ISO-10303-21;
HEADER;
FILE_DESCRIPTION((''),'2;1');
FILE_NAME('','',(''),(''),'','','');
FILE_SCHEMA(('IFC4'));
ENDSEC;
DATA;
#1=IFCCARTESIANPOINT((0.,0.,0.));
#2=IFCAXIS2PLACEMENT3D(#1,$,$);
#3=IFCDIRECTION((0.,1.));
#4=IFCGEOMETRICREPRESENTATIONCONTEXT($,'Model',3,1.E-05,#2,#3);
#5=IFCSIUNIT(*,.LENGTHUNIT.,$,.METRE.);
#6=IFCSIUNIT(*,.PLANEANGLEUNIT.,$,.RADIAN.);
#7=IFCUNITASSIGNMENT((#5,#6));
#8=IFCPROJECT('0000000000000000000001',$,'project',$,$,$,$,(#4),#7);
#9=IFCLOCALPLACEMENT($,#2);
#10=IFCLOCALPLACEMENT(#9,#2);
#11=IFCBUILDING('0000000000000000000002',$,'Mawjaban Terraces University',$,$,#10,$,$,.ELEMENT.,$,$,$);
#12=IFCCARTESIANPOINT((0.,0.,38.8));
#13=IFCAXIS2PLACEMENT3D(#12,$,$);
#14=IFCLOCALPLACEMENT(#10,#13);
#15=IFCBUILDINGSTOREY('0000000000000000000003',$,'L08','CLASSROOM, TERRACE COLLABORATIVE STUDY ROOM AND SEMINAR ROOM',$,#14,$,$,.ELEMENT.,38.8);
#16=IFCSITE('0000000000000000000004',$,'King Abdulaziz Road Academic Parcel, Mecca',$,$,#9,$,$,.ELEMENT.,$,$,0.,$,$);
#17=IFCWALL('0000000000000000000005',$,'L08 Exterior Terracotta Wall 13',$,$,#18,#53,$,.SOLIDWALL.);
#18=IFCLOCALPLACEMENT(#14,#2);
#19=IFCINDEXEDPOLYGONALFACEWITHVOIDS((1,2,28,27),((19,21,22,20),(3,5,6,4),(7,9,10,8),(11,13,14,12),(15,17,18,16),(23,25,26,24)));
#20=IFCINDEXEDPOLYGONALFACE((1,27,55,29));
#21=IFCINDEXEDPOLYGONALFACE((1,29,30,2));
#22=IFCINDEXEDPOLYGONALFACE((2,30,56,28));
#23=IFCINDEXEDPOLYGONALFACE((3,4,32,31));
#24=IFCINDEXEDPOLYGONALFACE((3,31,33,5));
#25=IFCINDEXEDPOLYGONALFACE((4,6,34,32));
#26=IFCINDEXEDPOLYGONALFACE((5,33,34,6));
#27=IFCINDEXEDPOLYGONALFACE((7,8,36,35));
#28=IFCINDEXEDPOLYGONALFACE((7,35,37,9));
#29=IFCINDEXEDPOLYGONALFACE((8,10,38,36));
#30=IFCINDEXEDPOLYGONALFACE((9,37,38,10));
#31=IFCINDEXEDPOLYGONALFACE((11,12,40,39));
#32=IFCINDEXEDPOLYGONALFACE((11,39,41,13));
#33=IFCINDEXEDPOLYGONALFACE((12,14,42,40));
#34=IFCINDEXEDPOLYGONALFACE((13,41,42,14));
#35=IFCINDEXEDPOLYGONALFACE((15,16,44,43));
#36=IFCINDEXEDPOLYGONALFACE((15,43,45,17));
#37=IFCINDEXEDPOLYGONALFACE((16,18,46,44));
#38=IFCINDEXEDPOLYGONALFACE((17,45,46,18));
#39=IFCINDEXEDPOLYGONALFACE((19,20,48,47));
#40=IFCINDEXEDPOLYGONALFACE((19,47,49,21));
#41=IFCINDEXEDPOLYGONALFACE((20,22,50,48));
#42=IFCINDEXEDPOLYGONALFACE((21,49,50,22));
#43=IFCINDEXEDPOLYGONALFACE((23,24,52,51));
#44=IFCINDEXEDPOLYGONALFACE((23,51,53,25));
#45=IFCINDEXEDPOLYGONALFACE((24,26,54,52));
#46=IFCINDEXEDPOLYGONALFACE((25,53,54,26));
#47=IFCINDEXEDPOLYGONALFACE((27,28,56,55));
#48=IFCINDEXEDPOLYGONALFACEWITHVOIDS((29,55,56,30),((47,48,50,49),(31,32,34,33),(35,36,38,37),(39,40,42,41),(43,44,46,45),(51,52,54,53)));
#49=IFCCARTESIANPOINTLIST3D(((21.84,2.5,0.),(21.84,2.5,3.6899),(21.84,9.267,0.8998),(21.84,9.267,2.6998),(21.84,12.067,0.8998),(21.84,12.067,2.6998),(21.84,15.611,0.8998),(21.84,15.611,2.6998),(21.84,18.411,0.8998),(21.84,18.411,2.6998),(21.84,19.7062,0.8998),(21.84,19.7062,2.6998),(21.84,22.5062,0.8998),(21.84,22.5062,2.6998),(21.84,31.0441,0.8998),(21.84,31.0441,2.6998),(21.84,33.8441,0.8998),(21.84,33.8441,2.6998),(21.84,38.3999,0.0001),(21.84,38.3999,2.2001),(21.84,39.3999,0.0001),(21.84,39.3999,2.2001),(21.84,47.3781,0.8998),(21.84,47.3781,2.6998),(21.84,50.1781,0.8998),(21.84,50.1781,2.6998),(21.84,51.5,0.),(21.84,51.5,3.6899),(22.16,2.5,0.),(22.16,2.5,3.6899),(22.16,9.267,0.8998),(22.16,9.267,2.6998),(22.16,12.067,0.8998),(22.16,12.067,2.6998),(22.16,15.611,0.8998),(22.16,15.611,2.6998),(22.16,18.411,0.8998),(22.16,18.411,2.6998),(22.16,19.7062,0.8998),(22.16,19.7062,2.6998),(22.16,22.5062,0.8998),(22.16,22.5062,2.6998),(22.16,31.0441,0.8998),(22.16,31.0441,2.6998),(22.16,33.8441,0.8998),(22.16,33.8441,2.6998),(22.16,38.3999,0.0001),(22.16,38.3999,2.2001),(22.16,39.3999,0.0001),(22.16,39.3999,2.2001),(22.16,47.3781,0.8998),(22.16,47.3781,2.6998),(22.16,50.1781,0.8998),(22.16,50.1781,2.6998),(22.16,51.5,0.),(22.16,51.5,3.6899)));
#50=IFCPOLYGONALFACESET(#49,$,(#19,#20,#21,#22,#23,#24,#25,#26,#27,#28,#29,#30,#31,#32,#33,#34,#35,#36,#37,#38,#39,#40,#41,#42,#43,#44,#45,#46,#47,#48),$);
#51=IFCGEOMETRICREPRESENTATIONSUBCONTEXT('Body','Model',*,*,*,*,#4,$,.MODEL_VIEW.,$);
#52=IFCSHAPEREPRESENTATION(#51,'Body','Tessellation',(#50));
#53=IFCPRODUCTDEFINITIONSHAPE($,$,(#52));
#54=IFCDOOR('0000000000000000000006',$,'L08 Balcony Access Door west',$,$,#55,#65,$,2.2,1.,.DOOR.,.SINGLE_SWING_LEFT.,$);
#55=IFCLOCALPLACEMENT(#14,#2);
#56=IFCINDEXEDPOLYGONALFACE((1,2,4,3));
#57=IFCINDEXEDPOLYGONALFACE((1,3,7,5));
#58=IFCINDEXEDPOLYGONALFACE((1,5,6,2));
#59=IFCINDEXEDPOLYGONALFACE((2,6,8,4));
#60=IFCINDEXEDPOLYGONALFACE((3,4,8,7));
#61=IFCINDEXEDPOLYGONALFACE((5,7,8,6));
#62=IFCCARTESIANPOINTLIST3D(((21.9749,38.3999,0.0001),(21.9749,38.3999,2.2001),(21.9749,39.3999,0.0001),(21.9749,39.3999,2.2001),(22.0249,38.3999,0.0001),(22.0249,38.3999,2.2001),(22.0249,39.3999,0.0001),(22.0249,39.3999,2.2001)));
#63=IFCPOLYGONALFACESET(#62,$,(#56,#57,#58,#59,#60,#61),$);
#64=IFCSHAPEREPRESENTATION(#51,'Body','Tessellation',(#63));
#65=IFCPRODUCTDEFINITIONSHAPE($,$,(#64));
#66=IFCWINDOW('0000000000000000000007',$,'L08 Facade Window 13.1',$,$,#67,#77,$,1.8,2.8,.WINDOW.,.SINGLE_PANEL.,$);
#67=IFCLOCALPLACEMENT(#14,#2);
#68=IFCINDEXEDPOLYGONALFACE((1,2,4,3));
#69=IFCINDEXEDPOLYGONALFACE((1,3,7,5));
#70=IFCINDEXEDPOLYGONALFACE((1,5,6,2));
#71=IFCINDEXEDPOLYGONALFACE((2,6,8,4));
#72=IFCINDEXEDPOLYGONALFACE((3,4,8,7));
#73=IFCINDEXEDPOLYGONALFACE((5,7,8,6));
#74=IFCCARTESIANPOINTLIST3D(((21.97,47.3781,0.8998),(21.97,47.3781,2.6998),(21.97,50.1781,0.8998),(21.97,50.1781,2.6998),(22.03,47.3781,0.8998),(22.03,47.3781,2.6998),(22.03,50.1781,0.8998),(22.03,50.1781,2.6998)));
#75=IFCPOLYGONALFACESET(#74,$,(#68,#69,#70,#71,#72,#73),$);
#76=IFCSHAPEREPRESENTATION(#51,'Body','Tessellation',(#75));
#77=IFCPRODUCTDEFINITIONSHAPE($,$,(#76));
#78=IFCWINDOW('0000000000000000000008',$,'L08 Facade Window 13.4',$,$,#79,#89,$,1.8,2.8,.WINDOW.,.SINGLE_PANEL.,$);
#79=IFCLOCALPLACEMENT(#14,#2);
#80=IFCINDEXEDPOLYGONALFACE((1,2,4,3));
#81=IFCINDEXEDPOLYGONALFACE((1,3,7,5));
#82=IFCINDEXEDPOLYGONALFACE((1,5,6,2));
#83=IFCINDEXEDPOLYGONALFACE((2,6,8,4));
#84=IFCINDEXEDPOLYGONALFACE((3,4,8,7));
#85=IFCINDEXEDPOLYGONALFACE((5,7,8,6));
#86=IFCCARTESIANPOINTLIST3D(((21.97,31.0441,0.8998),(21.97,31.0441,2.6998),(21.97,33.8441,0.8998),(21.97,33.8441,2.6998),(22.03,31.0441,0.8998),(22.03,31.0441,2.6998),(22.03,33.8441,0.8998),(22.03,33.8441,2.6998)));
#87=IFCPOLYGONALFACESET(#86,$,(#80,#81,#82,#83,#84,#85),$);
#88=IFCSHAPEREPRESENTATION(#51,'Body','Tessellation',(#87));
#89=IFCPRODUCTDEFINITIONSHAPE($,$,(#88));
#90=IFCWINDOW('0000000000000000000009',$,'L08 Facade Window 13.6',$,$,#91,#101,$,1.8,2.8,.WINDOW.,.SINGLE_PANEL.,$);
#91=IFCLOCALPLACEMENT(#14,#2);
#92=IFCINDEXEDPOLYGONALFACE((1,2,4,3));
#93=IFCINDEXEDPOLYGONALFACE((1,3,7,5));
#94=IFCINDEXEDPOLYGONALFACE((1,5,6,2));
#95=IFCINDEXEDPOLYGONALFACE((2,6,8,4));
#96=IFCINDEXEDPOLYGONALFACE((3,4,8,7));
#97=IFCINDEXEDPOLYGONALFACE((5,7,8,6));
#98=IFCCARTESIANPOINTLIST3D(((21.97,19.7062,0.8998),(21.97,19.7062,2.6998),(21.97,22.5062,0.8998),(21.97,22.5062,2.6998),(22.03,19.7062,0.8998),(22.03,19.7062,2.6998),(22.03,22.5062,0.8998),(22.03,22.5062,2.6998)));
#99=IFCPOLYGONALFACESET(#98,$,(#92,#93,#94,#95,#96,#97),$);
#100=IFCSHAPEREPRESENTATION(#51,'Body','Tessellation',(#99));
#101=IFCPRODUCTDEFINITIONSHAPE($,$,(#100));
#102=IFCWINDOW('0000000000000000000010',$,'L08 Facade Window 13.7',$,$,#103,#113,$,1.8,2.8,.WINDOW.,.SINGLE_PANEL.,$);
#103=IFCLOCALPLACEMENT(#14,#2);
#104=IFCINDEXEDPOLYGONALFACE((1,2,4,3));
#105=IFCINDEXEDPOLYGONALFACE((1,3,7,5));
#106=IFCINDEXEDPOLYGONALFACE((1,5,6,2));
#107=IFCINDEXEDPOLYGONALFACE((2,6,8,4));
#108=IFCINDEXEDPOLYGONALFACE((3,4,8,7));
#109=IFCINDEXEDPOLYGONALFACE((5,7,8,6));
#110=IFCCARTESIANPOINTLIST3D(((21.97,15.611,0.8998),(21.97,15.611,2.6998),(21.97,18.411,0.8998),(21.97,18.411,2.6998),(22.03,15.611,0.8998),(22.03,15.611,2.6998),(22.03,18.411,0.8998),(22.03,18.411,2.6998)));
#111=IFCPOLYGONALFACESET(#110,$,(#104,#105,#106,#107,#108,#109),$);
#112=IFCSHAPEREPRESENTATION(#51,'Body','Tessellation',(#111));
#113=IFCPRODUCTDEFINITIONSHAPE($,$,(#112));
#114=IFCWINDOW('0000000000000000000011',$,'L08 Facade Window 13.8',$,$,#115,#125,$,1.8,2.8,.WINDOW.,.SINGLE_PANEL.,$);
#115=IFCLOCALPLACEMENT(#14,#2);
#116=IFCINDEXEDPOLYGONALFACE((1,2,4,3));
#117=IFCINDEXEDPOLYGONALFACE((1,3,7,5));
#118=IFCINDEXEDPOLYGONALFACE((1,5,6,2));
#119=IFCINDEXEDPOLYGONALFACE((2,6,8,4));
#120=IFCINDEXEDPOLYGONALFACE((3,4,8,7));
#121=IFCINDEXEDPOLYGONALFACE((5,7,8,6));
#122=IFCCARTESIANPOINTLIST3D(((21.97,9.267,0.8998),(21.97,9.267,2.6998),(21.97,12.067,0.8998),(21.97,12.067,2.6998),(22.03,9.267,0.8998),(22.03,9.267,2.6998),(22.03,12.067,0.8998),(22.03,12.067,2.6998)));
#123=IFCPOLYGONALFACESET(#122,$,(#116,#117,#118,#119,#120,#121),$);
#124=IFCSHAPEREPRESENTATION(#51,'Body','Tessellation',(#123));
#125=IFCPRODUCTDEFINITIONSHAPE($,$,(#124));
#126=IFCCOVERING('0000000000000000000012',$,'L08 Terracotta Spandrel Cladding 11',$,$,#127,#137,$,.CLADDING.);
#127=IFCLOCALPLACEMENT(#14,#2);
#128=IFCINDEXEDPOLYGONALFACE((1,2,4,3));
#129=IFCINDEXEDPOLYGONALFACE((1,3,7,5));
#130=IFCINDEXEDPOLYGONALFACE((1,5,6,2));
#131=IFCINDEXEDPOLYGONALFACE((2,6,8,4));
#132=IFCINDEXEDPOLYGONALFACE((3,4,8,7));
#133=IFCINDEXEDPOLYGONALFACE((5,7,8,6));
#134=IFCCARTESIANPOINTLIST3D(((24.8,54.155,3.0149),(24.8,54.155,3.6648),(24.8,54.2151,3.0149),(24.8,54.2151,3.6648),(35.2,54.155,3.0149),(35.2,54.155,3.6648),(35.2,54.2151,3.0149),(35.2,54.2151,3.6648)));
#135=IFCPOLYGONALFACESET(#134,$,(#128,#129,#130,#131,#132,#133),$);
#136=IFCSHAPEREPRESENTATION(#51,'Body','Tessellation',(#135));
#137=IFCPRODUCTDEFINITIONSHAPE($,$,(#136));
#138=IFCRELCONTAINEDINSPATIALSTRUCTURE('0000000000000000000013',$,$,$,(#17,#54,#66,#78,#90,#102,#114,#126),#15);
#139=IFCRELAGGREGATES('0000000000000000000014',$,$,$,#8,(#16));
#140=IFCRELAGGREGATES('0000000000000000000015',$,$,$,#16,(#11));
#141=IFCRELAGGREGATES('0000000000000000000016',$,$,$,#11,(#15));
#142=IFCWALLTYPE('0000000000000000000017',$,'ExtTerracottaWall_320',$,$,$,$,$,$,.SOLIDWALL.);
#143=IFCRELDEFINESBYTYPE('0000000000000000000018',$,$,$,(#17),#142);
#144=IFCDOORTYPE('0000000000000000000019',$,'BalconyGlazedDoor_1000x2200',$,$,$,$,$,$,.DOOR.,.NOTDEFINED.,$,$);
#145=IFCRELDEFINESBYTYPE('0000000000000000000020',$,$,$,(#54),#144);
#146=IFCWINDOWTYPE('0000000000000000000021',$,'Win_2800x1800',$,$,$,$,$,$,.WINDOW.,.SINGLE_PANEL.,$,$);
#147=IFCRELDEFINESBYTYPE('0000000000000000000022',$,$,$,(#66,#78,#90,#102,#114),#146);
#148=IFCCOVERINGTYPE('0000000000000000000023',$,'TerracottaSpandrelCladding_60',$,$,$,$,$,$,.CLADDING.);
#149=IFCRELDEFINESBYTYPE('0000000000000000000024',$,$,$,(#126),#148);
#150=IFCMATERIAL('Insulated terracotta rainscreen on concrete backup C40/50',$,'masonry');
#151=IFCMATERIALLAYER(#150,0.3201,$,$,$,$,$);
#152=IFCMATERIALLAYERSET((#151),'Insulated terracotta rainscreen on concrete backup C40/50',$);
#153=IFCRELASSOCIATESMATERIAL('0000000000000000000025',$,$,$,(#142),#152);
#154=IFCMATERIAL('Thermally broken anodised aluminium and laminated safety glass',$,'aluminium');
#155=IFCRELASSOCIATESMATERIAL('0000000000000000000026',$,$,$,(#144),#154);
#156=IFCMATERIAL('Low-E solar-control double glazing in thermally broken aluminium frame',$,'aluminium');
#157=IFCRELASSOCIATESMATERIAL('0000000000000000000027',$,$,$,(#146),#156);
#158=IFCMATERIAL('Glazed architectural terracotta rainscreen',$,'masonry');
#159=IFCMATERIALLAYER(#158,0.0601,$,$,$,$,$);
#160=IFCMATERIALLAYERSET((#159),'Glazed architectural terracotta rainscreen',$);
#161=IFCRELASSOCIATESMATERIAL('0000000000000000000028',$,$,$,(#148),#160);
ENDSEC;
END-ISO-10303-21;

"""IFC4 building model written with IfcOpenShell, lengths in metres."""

from ifc_helpers import new_model, si_unit, direction, frame, frame_2d, origin, origin_2d, place, context, subcontext, project, spatial, rectangle, extrude, material, layer, layer_set, type_object, element, fill, save


model = new_model("IFC4")

# Units and contexts
model_context = context("Model", 3, precision=1e-05, world=origin(), true_north=direction((0.0, 1.0)))
body_context = subcontext(model_context, "Body", "Model", "MODEL_VIEW")
ifc_project = project(units=[si_unit("LENGTHUNIT", "METRE"), si_unit("PLANEANGLEUNIT", "RADIAN")], contexts=[model_context])

# Site, building, storey
site_placement = place(None, origin())
site = spatial("IfcSite", under=ifc_project, at=site_placement, Name="King Abdulaziz Road Academic Parcel, Mecca", CompositionType="ELEMENT", RefElevation=0.0)
building_placement = place(site_placement, origin())
building = spatial("IfcBuilding", under=site, at=building_placement, Name="Mawjaban Terraces University", CompositionType="ELEMENT")
storey_placement = place(building_placement, frame((0.0, 0.0, 38.8)))
storey = spatial("IfcBuildingStorey", under=building, at=storey_placement, Name="L08", Description="CLASSROOM, TERRACE COLLABORATIVE STUDY ROOM AND SEMINAR ROOM", CompositionType="ELEMENT", Elevation=38.8)

# Shared definitions
ifc_material_1 = material(Name="Insulated terracotta rainscreen on concrete backup C40/50", Category="masonry")
ifc_layer_1 = layer(ifc_material_1, 0.3201)
ifc_layer_set_1 = layer_set([ifc_layer_1], Name="Insulated terracotta rainscreen on concrete backup C40/50")
wall_type_1 = type_object("IfcWallType", Name="ExtTerracottaWall_320", PredefinedType="SOLIDWALL", material=ifc_layer_set_1)
ifc_material_2 = material(Name="Low-E solar-control double glazing in thermally broken aluminium frame", Category="aluminium")

# Wall, openings, door, windows
wall_1_placement = place(storey_placement, frame((22.0, 51.5, 0.0), z_axis=(0.0, 0.0, 1.0), x_axis=(0.0, -1.0, 0.0)))
wall_1 = element("IfcWall", 1, at=wall_1_placement, inside=storey, type_object=wall_type_1, Name="L08 Exterior Terracotta Wall 13", PredefinedType="SOLIDWALL", context=body_context, shape_type="SweptSolid", body=[
    extrude(rectangle(XDim=49.0, YDim=0.3201, at=frame_2d((24.5, 0.0))), origin(), (0.0, 0.0, 1.0), 3.6899),
])
opening_1_placement = place(wall_1_placement, frame((12.1001, 0.0, 0.0)))
opening_1 = element("IfcOpeningElement", 2, at=opening_1_placement, cuts=wall_1, PredefinedType="OPENING", context=body_context, shape_type="SweptSolid", body=[
    extrude(rectangle(XDim=1.0, YDim=2.2, at=frame_2d((0.5, 1.1001))), frame((0.0, 0.1699, 0.0), z_axis=(0.0, -1.0, 0.0), x_axis=(1.0, 0.0, 0.0)), (0.0, 0.0, 1.0), 0.3401),
])
opening_2_placement = place(wall_1_placement, frame((1.322, 0.0, 0.8999)))
opening_2 = element("IfcOpeningElement", 3, at=opening_2_placement, cuts=wall_1, PredefinedType="OPENING", context=body_context, shape_type="SweptSolid", body=[
    extrude(rectangle(XDim=2.8, YDim=1.8, at=frame_2d((1.3999, 0.8999))), frame((0.0, 0.1699, 0.0), z_axis=(0.0, -1.0, 0.0), x_axis=(1.0, 0.0, 0.0)), (0.0, 0.0, 1.0), 0.3401),
])
opening_3_placement = place(wall_1_placement, frame((17.656, 0.0, 0.8999)))
opening_3 = element("IfcOpeningElement", 4, at=opening_3_placement, cuts=wall_1, PredefinedType="OPENING", context=body_context, shape_type="SweptSolid", body=[
    extrude(rectangle(XDim=2.8, YDim=1.8, at=frame_2d((1.3999, 0.8999))), frame((0.0, 0.1699, 0.0), z_axis=(0.0, -1.0, 0.0), x_axis=(1.0, 0.0, 0.0)), (0.0, 0.0, 1.0), 0.3401),
])
opening_4_placement = place(wall_1_placement, frame((28.9939, 0.0, 0.8999)))
opening_4 = element("IfcOpeningElement", 5, at=opening_4_placement, cuts=wall_1, PredefinedType="OPENING", context=body_context, shape_type="SweptSolid", body=[
    extrude(rectangle(XDim=2.8, YDim=1.8, at=frame_2d((1.3999, 0.8999))), frame((0.0, 0.1699, 0.0), z_axis=(0.0, -1.0, 0.0), x_axis=(1.0, 0.0, 0.0)), (0.0, 0.0, 1.0), 0.3401),
])
opening_5_placement = place(wall_1_placement, frame((33.0891, 0.0, 0.8999)))
opening_5 = element("IfcOpeningElement", 6, at=opening_5_placement, cuts=wall_1, PredefinedType="OPENING", context=body_context, shape_type="SweptSolid", body=[
    extrude(rectangle(XDim=2.8, YDim=1.8, at=frame_2d((1.3999, 0.8999))), frame((0.0, 0.1699, 0.0), z_axis=(0.0, -1.0, 0.0), x_axis=(1.0, 0.0, 0.0)), (0.0, 0.0, 1.0), 0.3401),
])
opening_6_placement = place(wall_1_placement, frame((39.4331, 0.0, 0.8999)))
opening_6 = element("IfcOpeningElement", 7, at=opening_6_placement, cuts=wall_1, PredefinedType="OPENING", context=body_context, shape_type="SweptSolid", body=[
    extrude(rectangle(XDim=2.8, YDim=1.8, at=frame_2d((1.3999, 0.8999))), frame((0.0, 0.1699, 0.0), z_axis=(0.0, -1.0, 0.0), x_axis=(1.0, 0.0, 0.0)), (0.0, 0.0, 1.0), 0.3401),
])
ifc_material_3 = material(Name="Thermally broken anodised aluminium and laminated safety glass", Category="aluminium")
door_type_1 = type_object("IfcDoorType", Name="BalconyGlazedDoor_1000x2200", OperationType="NOTDEFINED", PredefinedType="DOOR", material=ifc_material_3)
door_1_placement = place(opening_1_placement, origin())
door_1 = element("IfcDoor", 8, at=door_1_placement, inside=storey, type_object=door_type_1, Name="L08 Balcony Access Door west", OperationType="SINGLE_SWING_LEFT", OverallHeight=2.2, OverallWidth=1.0, PredefinedType="DOOR", context=body_context, shape_type="SweptSolid", body=[
    extrude(rectangle(XDim=1.0, YDim=2.2, at=frame_2d((0.5, 1.1001))), frame((0.0, 0.0249, 0.0), z_axis=(0.0, -1.0, 0.0), x_axis=(1.0, 0.0, 0.0)), (0.0, 0.0, 1.0), 0.05),
])
fill(opening_1, door_1)
window_type_1 = type_object("IfcWindowType", Name="Win_2800x1800", PartitioningType="SINGLE_PANEL", PredefinedType="WINDOW", material=ifc_material_2)
window_1_placement = place(opening_2_placement, origin())
window_1 = element("IfcWindow", 9, at=window_1_placement, inside=storey, type_object=window_type_1, Name="L08 Facade Window 13.1", OverallHeight=1.8, OverallWidth=2.8, PartitioningType="SINGLE_PANEL", PredefinedType="WINDOW", context=body_context, shape_type="SweptSolid", body=[
    extrude(rectangle(XDim=2.8, YDim=1.8, at=frame_2d((1.3999, 0.8999))), frame((0.0, 0.03, 0.0), z_axis=(0.0, -1.0, 0.0), x_axis=(1.0, 0.0, 0.0)), (0.0, 0.0, 1.0), 0.0601),
])
fill(opening_2, window_1)
window_2_placement = place(opening_3_placement, origin())
window_2 = element("IfcWindow", 10, at=window_2_placement, inside=storey, type_object=window_type_1, Name="L08 Facade Window 13.4", OverallHeight=1.8, OverallWidth=2.8, PartitioningType="SINGLE_PANEL", PredefinedType="WINDOW", context=body_context, shape_type="SweptSolid", body=[
    extrude(rectangle(XDim=2.8, YDim=1.8, at=frame_2d((1.3999, 0.8999))), frame((0.0, 0.03, 0.0), z_axis=(0.0, -1.0, 0.0), x_axis=(1.0, 0.0, 0.0)), (0.0, 0.0, 1.0), 0.0601),
])
fill(opening_3, window_2)
window_3_placement = place(opening_4_placement, origin())
window_3 = element("IfcWindow", 11, at=window_3_placement, inside=storey, type_object=window_type_1, Name="L08 Facade Window 13.6", OverallHeight=1.8, OverallWidth=2.8, PartitioningType="SINGLE_PANEL", PredefinedType="WINDOW", context=body_context, shape_type="SweptSolid", body=[
    extrude(rectangle(XDim=2.8, YDim=1.8, at=frame_2d((1.3999, 0.8999))), frame((0.0, 0.03, 0.0), z_axis=(0.0, -1.0, 0.0), x_axis=(1.0, 0.0, 0.0)), (0.0, 0.0, 1.0), 0.0601),
])
fill(opening_4, window_3)
window_4_placement = place(opening_5_placement, origin())
window_4 = element("IfcWindow", 12, at=window_4_placement, inside=storey, type_object=window_type_1, Name="L08 Facade Window 13.7", OverallHeight=1.8, OverallWidth=2.8, PartitioningType="SINGLE_PANEL", PredefinedType="WINDOW", context=body_context, shape_type="SweptSolid", body=[
    extrude(rectangle(XDim=2.8, YDim=1.8, at=frame_2d((1.3999, 0.8999))), frame((0.0, 0.03, 0.0), z_axis=(0.0, -1.0, 0.0), x_axis=(1.0, 0.0, 0.0)), (0.0, 0.0, 1.0), 0.0601),
])
fill(opening_5, window_4)
window_5_placement = place(opening_6_placement, origin())
window_5 = element("IfcWindow", 13, at=window_5_placement, inside=storey, type_object=window_type_1, Name="L08 Facade Window 13.8", OverallHeight=1.8, OverallWidth=2.8, PartitioningType="SINGLE_PANEL", PredefinedType="WINDOW", context=body_context, shape_type="SweptSolid", body=[
    extrude(rectangle(XDim=2.8, YDim=1.8, at=frame_2d((1.3999, 0.8999))), frame((0.0, 0.03, 0.0), z_axis=(0.0, -1.0, 0.0), x_axis=(1.0, 0.0, 0.0)), (0.0, 0.0, 1.0), 0.0601),
])
fill(opening_6, window_5)

# Covering
ifc_material_4 = material(Name="Glazed architectural terracotta rainscreen", Category="masonry")
ifc_layer_2 = layer(ifc_material_4, 0.0601)
ifc_layer_set_2 = layer_set([ifc_layer_2], Name="Glazed architectural terracotta rainscreen")
covering_type = type_object("IfcCoveringType", Name="TerracottaSpandrelCladding_60", PredefinedType="CLADDING", material=ifc_layer_set_2)
covering_placement = place(storey_placement, frame((30.0, 54.1851, 3.0149), z_axis=(0.0, 0.0, 1.0), x_axis=(-1.0, 0.0, 0.0)))
element("IfcCovering", 14, at=covering_placement, inside=storey, type_object=covering_type, Name="L08 Terracotta Spandrel Cladding 11", PredefinedType="CLADDING", context=body_context, shape_type="SweptSolid", body=[
    extrude(rectangle(XDim=10.3999, YDim=0.0601, at=origin_2d()), origin(), (0.0, 0.0, 1.0), 0.6499),
])

save(model, "model.ifc")
